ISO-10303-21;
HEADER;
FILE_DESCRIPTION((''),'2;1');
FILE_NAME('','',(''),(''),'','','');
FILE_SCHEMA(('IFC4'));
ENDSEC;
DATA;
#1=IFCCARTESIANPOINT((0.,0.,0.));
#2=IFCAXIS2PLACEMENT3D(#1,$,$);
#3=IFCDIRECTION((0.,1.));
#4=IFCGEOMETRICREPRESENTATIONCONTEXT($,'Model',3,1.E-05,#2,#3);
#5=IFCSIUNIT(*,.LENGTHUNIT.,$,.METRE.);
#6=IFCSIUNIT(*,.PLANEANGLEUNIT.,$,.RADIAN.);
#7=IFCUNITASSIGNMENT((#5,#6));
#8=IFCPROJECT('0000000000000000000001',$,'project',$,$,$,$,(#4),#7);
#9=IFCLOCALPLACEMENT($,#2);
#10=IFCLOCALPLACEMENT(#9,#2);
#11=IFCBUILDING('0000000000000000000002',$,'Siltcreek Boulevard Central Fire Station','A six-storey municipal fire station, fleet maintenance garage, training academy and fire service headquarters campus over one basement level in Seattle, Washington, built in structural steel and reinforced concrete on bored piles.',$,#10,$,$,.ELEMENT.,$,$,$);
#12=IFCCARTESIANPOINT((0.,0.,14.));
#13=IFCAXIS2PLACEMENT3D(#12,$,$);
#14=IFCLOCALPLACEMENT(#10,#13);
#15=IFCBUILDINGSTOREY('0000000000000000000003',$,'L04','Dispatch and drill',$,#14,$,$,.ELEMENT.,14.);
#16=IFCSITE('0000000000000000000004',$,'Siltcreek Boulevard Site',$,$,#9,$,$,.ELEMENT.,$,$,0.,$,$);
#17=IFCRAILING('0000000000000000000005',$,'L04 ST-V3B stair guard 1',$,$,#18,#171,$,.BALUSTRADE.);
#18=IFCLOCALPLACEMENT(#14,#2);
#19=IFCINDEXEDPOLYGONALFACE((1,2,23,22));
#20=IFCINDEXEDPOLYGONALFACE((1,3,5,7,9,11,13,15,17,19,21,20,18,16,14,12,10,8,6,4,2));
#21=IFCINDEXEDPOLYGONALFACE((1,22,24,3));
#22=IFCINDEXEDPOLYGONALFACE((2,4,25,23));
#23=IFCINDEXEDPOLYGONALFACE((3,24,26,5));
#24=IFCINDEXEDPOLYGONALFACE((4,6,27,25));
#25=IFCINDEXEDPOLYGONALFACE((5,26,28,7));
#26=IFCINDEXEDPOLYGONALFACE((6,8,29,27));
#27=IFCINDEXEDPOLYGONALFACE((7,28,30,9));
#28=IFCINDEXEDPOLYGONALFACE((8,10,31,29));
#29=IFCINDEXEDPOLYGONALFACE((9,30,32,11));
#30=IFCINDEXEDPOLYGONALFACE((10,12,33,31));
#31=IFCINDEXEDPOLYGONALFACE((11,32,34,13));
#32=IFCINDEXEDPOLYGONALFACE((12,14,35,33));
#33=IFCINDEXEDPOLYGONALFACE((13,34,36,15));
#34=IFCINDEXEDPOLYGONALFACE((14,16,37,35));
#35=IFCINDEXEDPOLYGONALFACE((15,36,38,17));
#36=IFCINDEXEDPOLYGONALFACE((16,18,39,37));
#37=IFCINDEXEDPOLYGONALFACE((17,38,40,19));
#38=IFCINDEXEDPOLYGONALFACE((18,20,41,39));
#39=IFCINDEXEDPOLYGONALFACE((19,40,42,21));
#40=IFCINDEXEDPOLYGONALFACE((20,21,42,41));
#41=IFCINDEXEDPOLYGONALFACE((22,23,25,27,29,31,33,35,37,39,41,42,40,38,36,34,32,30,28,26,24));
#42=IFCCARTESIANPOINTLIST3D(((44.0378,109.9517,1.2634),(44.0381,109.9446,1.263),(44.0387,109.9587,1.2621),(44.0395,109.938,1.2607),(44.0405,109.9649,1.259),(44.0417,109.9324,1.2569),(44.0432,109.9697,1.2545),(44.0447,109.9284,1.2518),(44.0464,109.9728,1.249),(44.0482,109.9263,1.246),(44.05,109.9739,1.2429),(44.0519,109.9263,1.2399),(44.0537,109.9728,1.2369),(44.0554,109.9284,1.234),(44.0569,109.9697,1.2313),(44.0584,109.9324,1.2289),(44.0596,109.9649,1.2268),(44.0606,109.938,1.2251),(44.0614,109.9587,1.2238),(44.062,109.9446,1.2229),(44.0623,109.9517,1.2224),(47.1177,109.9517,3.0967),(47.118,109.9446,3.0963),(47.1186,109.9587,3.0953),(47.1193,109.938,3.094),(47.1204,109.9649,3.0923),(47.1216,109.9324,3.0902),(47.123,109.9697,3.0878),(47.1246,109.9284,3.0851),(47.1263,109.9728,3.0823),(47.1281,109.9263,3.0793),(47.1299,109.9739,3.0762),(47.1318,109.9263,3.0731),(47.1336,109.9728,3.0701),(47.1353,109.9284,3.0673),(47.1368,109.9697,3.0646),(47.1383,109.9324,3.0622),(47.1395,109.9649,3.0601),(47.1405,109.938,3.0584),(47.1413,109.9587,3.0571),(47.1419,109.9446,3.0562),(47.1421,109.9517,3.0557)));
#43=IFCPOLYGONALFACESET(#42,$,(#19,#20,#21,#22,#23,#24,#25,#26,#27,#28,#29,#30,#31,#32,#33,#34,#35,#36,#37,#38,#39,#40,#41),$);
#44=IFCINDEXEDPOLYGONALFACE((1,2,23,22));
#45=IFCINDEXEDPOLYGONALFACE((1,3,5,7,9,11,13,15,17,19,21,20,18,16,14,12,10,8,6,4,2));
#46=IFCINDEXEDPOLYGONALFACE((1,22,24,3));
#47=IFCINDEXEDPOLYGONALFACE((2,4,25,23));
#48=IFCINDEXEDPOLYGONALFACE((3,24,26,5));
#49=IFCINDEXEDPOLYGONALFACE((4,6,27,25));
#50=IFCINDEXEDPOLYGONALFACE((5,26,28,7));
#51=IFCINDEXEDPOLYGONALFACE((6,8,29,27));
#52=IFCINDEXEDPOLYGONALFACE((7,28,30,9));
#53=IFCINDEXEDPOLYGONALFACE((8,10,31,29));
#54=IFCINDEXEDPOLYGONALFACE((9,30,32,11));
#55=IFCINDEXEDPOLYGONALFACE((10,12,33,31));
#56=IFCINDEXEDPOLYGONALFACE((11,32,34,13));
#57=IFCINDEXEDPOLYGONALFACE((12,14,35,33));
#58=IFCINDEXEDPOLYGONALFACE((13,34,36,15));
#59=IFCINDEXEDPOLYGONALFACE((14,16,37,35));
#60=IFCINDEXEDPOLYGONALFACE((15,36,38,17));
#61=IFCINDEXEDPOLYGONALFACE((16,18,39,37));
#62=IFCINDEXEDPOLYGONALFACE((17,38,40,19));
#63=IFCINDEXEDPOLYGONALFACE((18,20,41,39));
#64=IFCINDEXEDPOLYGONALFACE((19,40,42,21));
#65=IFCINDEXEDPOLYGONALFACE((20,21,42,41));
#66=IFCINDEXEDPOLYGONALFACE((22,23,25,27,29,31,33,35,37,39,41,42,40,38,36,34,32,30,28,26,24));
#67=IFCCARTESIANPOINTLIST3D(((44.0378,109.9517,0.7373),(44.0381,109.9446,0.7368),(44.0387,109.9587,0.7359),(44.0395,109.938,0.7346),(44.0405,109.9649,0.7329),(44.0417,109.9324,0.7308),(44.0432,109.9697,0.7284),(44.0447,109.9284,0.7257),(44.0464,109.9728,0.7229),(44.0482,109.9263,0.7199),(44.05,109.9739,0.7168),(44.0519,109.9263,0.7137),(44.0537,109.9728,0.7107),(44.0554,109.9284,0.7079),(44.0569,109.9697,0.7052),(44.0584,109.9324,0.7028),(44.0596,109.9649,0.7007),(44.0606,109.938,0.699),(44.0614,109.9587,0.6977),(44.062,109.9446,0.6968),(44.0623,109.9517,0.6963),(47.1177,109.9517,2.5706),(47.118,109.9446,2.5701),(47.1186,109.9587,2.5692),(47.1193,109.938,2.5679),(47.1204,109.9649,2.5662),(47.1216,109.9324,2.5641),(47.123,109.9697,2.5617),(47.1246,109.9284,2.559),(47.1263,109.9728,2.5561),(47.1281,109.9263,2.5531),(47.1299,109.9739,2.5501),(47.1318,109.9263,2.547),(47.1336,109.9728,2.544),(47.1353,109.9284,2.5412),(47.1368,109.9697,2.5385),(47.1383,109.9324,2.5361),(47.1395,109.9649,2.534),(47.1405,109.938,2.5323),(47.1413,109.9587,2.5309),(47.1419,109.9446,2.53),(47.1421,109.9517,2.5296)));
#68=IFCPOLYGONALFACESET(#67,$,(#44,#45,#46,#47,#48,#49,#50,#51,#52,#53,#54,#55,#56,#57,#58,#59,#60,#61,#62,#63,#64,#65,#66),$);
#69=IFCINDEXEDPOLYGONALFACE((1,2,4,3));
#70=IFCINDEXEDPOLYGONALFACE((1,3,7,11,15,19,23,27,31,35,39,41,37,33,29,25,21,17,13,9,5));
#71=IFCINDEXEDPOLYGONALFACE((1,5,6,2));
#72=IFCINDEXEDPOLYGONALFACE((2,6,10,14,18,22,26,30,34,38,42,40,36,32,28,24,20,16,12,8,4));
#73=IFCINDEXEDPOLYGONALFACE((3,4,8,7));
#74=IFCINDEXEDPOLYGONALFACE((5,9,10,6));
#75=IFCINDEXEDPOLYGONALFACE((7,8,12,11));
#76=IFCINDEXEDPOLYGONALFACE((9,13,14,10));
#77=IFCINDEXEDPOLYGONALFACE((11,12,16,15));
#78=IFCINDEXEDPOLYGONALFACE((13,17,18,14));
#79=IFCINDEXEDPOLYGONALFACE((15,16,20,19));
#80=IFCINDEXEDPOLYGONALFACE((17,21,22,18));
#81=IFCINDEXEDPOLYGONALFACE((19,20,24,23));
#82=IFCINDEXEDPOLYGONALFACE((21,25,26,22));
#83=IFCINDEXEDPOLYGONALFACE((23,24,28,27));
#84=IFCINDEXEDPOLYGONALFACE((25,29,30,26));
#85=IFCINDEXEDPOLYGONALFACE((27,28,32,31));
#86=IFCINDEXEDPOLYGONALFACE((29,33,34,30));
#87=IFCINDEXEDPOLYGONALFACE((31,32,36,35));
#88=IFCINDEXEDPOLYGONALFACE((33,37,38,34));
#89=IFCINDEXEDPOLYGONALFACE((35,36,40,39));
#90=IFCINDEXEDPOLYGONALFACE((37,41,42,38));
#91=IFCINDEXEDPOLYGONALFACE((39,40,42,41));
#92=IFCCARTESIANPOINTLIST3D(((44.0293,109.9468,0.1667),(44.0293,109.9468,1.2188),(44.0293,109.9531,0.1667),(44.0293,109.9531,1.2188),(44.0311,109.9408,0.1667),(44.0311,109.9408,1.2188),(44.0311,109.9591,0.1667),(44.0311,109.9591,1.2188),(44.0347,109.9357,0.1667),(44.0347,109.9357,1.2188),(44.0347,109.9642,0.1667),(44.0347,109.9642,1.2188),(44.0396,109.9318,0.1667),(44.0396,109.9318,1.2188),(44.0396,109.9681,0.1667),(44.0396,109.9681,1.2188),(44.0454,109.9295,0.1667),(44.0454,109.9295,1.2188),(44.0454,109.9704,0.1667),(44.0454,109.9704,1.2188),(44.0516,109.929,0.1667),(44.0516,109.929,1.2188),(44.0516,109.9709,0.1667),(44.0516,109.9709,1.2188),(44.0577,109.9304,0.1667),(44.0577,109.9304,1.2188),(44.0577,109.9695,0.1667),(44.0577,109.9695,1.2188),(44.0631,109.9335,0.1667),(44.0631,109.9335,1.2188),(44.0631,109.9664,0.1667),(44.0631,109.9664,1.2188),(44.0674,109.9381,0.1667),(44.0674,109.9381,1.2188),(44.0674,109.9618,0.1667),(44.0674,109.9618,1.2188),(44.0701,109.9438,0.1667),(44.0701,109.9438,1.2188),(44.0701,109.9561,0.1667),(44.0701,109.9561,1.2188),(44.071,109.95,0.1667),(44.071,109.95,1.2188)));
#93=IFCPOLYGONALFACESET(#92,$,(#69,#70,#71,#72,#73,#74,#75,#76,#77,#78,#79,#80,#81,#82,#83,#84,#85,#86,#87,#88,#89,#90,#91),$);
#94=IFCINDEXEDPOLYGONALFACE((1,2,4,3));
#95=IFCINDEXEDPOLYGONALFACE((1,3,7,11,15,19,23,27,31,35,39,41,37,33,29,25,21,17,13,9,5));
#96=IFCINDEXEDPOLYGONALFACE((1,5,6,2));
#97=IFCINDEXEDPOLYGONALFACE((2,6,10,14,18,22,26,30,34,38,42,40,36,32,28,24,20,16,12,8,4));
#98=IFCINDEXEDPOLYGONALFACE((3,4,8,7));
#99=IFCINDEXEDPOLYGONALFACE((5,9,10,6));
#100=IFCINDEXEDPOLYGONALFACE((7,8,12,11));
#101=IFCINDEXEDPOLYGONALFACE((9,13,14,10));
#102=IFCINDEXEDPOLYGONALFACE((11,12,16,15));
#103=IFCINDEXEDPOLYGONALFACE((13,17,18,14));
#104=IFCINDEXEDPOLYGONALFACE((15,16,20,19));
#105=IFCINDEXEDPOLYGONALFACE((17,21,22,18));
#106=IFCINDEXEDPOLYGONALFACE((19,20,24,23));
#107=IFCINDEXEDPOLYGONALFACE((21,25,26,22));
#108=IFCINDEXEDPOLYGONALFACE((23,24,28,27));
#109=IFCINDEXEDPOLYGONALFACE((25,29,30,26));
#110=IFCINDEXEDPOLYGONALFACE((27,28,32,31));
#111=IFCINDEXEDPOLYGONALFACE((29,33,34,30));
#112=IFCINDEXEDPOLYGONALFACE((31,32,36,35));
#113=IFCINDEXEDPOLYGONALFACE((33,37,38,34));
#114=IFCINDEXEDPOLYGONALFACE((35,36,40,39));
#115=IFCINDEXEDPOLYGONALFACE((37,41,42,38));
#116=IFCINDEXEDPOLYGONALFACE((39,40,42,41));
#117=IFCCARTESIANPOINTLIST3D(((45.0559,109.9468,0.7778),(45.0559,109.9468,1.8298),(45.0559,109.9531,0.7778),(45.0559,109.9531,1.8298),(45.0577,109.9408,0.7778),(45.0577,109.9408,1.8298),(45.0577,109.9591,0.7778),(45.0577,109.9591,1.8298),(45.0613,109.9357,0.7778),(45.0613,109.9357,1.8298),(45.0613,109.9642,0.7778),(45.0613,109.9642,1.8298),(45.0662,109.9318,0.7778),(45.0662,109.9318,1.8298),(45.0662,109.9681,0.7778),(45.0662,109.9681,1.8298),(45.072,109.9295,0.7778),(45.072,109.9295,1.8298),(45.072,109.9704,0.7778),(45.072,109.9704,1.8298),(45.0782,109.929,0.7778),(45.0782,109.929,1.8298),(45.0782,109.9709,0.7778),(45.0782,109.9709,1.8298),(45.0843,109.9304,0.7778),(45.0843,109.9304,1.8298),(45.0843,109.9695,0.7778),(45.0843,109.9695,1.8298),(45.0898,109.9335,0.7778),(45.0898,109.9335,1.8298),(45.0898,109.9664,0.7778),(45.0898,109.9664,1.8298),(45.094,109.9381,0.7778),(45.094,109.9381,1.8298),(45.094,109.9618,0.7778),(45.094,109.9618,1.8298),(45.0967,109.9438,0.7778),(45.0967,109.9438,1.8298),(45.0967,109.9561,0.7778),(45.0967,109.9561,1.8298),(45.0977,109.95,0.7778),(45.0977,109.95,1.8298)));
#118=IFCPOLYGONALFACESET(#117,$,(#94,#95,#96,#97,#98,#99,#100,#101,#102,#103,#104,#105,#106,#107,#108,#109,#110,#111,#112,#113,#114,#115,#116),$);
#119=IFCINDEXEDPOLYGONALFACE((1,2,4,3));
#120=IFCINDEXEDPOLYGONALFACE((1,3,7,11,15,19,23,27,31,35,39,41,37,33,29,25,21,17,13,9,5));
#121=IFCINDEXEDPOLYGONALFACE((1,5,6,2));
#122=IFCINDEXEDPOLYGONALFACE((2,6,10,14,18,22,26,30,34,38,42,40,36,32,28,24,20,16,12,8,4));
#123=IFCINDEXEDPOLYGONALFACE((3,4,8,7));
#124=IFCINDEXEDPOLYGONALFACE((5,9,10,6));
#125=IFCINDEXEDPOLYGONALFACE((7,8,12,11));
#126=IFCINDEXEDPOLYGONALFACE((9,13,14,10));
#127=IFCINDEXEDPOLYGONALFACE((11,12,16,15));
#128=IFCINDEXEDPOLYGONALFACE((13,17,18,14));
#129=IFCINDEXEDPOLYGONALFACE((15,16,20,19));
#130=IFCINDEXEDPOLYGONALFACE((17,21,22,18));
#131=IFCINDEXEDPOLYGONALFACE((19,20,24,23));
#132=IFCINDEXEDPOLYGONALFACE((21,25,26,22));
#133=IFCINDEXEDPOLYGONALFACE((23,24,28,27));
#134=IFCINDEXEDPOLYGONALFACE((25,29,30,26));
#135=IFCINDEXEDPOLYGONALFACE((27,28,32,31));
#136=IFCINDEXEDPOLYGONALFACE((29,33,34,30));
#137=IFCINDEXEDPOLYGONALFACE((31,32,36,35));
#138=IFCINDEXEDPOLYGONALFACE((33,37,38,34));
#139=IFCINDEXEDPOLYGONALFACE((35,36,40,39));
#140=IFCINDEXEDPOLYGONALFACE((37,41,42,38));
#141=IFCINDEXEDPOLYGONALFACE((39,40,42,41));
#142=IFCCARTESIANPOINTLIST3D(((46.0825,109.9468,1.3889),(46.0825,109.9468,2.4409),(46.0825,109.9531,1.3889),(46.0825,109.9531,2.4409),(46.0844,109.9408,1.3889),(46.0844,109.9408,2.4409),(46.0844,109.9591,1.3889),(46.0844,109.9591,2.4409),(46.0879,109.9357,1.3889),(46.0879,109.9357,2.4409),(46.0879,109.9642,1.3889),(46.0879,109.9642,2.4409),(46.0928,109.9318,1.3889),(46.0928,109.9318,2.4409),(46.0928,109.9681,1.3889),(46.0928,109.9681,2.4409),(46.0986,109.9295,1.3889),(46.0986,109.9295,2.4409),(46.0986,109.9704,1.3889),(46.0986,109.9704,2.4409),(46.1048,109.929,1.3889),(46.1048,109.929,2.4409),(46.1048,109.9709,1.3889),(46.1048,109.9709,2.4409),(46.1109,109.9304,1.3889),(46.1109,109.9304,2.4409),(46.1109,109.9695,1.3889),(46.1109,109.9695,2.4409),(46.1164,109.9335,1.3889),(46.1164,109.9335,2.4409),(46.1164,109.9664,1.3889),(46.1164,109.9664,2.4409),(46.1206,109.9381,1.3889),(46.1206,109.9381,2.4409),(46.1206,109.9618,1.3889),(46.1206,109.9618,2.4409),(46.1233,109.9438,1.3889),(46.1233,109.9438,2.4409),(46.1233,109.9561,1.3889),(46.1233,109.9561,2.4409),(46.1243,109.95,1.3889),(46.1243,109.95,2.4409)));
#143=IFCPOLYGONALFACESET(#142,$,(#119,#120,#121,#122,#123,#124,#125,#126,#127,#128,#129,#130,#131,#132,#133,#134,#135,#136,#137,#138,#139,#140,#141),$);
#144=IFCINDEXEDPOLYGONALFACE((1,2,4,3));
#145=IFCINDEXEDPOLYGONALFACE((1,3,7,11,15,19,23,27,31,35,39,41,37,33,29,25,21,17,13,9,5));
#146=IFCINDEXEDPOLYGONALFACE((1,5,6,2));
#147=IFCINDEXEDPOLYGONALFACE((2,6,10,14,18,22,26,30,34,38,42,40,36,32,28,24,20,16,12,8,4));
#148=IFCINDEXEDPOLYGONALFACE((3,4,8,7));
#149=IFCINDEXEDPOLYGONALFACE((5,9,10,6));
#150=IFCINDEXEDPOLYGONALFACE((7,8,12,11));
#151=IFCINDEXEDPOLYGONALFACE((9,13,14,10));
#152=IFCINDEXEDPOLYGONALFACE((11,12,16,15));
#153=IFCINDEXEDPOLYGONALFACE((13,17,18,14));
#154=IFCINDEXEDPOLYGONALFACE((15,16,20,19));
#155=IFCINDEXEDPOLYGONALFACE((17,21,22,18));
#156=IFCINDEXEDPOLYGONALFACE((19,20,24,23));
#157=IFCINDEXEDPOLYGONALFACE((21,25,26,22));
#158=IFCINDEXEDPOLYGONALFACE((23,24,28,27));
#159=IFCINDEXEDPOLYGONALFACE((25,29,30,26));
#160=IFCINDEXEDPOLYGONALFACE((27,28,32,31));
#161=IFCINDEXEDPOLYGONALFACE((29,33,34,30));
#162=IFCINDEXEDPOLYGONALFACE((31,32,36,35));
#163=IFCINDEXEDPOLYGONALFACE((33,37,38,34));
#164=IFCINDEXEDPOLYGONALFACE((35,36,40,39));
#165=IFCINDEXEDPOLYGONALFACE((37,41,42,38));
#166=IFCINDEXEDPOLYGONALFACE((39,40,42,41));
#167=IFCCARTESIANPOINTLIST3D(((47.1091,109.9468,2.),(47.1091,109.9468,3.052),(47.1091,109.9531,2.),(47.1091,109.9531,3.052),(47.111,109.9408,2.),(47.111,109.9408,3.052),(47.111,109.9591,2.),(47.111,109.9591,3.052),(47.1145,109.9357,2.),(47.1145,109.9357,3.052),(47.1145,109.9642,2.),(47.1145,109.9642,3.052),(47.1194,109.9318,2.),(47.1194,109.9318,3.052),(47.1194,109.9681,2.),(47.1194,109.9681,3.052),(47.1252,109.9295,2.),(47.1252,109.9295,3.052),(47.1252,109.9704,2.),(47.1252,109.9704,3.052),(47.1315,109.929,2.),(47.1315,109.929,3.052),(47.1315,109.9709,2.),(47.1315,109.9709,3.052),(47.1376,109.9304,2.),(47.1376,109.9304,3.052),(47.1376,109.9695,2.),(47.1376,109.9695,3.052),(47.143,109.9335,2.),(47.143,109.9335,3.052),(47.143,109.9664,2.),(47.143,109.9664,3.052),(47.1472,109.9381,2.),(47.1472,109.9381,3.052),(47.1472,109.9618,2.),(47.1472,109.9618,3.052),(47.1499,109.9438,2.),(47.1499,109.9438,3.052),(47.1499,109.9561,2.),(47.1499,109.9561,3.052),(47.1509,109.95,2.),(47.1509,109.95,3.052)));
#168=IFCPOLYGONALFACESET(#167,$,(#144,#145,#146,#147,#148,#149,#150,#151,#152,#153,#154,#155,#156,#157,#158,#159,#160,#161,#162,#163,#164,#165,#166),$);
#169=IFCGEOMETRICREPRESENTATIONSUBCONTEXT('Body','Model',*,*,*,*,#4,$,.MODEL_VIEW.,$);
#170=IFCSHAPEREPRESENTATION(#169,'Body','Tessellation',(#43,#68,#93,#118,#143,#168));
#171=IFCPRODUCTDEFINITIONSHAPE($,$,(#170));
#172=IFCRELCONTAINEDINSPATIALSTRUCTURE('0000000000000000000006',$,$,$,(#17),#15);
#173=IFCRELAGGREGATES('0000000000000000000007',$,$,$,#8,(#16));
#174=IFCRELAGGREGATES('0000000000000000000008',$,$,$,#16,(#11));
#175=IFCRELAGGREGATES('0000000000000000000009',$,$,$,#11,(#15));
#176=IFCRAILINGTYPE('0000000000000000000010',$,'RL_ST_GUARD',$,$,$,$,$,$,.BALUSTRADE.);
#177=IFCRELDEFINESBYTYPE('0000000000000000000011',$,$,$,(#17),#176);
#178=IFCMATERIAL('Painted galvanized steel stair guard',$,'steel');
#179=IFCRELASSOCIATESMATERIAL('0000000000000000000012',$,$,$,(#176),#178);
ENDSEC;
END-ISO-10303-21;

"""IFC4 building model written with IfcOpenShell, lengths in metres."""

from ifc_helpers import new_model, si_unit, direction, frame, origin, origin_2d, place, context, subcontext, project, spatial, circle, extrude, material, type_object, element, save


model = new_model("IFC4")

# Units and contexts
model_context = context("Model", 3, precision=1e-05, world=origin(), true_north=direction((0.0, 1.0)))
body_context = subcontext(model_context, "Body", "Model", "MODEL_VIEW")
ifc_project = project(units=[si_unit("LENGTHUNIT", "METRE"), si_unit("PLANEANGLEUNIT", "RADIAN")], contexts=[model_context])

# Site, building, storey
site_placement = place(None, origin())
site = spatial("IfcSite", under=ifc_project, at=site_placement, Name="Siltcreek Boulevard Site", CompositionType="ELEMENT", RefElevation=0.0)
building_placement = place(site_placement, origin())
building = spatial("IfcBuilding", under=site, at=building_placement, Name="Siltcreek Boulevard Central Fire Station", Description="A six-storey municipal fire station, fleet maintenance garage, training academy and fire service headquarters campus over one basement level in Seattle, Washington, built in structural steel and reinforced concrete on bored piles.", CompositionType="ELEMENT")
storey_placement = place(building_placement, frame((0.0, 0.0, 14.0)))
storey = spatial("IfcBuildingStorey", under=building, at=storey_placement, Name="L04", Description="Dispatch and drill", CompositionType="ELEMENT", Elevation=14.0)

# Railing
ifc_material_1 = material(Name="Painted galvanized steel stair guard", Category="steel")
railing_type_1 = type_object("IfcRailingType", Name="RL_ST_GUARD", PredefinedType="BALUSTRADE", material=ifc_material_1)
railing_1_placement = place(storey_placement, frame((44.05, 109.95, 0.1667)))
element("IfcRailing", 1, at=railing_1_placement, inside=storey, type_object=railing_type_1, Name="L04 ST-V3B stair guard 1", PredefinedType="BALUSTRADE", context=body_context, shape_type="SweptSolid", body=[
    extrude(circle(Radius=0.0239, at=origin_2d()), frame((0.0, 0.0, 1.0762), z_axis=(0.859291, 0.0, 0.511487), x_axis=(0.0, 1.0, 0.0)), (0.0, 0.0, 1.0), 3.5842),
    extrude(circle(Radius=0.0239, at=origin_2d()), frame((0.0, 0.0, 0.55), z_axis=(0.859291, 0.0, 0.511487), x_axis=(0.0, 1.0, 0.0)), (0.0, 0.0, 1.0), 3.5842),
    extrude(circle(Radius=0.021, at=origin_2d()), origin(), (0.0, 0.0, 1.0), 1.052),
    extrude(circle(Radius=0.021, at=origin_2d()), frame((1.0266, 0.0, 0.6111)), (0.0, 0.0, 1.0), 1.052),
    extrude(circle(Radius=0.021, at=origin_2d()), frame((2.0532, 0.0, 1.2222)), (0.0, 0.0, 1.0), 1.052),
    extrude(circle(Radius=0.021, at=origin_2d()), frame((3.0798, 0.0, 1.8333)), (0.0, 0.0, 1.0), 1.052),
])

save(model, "model.ifc")
